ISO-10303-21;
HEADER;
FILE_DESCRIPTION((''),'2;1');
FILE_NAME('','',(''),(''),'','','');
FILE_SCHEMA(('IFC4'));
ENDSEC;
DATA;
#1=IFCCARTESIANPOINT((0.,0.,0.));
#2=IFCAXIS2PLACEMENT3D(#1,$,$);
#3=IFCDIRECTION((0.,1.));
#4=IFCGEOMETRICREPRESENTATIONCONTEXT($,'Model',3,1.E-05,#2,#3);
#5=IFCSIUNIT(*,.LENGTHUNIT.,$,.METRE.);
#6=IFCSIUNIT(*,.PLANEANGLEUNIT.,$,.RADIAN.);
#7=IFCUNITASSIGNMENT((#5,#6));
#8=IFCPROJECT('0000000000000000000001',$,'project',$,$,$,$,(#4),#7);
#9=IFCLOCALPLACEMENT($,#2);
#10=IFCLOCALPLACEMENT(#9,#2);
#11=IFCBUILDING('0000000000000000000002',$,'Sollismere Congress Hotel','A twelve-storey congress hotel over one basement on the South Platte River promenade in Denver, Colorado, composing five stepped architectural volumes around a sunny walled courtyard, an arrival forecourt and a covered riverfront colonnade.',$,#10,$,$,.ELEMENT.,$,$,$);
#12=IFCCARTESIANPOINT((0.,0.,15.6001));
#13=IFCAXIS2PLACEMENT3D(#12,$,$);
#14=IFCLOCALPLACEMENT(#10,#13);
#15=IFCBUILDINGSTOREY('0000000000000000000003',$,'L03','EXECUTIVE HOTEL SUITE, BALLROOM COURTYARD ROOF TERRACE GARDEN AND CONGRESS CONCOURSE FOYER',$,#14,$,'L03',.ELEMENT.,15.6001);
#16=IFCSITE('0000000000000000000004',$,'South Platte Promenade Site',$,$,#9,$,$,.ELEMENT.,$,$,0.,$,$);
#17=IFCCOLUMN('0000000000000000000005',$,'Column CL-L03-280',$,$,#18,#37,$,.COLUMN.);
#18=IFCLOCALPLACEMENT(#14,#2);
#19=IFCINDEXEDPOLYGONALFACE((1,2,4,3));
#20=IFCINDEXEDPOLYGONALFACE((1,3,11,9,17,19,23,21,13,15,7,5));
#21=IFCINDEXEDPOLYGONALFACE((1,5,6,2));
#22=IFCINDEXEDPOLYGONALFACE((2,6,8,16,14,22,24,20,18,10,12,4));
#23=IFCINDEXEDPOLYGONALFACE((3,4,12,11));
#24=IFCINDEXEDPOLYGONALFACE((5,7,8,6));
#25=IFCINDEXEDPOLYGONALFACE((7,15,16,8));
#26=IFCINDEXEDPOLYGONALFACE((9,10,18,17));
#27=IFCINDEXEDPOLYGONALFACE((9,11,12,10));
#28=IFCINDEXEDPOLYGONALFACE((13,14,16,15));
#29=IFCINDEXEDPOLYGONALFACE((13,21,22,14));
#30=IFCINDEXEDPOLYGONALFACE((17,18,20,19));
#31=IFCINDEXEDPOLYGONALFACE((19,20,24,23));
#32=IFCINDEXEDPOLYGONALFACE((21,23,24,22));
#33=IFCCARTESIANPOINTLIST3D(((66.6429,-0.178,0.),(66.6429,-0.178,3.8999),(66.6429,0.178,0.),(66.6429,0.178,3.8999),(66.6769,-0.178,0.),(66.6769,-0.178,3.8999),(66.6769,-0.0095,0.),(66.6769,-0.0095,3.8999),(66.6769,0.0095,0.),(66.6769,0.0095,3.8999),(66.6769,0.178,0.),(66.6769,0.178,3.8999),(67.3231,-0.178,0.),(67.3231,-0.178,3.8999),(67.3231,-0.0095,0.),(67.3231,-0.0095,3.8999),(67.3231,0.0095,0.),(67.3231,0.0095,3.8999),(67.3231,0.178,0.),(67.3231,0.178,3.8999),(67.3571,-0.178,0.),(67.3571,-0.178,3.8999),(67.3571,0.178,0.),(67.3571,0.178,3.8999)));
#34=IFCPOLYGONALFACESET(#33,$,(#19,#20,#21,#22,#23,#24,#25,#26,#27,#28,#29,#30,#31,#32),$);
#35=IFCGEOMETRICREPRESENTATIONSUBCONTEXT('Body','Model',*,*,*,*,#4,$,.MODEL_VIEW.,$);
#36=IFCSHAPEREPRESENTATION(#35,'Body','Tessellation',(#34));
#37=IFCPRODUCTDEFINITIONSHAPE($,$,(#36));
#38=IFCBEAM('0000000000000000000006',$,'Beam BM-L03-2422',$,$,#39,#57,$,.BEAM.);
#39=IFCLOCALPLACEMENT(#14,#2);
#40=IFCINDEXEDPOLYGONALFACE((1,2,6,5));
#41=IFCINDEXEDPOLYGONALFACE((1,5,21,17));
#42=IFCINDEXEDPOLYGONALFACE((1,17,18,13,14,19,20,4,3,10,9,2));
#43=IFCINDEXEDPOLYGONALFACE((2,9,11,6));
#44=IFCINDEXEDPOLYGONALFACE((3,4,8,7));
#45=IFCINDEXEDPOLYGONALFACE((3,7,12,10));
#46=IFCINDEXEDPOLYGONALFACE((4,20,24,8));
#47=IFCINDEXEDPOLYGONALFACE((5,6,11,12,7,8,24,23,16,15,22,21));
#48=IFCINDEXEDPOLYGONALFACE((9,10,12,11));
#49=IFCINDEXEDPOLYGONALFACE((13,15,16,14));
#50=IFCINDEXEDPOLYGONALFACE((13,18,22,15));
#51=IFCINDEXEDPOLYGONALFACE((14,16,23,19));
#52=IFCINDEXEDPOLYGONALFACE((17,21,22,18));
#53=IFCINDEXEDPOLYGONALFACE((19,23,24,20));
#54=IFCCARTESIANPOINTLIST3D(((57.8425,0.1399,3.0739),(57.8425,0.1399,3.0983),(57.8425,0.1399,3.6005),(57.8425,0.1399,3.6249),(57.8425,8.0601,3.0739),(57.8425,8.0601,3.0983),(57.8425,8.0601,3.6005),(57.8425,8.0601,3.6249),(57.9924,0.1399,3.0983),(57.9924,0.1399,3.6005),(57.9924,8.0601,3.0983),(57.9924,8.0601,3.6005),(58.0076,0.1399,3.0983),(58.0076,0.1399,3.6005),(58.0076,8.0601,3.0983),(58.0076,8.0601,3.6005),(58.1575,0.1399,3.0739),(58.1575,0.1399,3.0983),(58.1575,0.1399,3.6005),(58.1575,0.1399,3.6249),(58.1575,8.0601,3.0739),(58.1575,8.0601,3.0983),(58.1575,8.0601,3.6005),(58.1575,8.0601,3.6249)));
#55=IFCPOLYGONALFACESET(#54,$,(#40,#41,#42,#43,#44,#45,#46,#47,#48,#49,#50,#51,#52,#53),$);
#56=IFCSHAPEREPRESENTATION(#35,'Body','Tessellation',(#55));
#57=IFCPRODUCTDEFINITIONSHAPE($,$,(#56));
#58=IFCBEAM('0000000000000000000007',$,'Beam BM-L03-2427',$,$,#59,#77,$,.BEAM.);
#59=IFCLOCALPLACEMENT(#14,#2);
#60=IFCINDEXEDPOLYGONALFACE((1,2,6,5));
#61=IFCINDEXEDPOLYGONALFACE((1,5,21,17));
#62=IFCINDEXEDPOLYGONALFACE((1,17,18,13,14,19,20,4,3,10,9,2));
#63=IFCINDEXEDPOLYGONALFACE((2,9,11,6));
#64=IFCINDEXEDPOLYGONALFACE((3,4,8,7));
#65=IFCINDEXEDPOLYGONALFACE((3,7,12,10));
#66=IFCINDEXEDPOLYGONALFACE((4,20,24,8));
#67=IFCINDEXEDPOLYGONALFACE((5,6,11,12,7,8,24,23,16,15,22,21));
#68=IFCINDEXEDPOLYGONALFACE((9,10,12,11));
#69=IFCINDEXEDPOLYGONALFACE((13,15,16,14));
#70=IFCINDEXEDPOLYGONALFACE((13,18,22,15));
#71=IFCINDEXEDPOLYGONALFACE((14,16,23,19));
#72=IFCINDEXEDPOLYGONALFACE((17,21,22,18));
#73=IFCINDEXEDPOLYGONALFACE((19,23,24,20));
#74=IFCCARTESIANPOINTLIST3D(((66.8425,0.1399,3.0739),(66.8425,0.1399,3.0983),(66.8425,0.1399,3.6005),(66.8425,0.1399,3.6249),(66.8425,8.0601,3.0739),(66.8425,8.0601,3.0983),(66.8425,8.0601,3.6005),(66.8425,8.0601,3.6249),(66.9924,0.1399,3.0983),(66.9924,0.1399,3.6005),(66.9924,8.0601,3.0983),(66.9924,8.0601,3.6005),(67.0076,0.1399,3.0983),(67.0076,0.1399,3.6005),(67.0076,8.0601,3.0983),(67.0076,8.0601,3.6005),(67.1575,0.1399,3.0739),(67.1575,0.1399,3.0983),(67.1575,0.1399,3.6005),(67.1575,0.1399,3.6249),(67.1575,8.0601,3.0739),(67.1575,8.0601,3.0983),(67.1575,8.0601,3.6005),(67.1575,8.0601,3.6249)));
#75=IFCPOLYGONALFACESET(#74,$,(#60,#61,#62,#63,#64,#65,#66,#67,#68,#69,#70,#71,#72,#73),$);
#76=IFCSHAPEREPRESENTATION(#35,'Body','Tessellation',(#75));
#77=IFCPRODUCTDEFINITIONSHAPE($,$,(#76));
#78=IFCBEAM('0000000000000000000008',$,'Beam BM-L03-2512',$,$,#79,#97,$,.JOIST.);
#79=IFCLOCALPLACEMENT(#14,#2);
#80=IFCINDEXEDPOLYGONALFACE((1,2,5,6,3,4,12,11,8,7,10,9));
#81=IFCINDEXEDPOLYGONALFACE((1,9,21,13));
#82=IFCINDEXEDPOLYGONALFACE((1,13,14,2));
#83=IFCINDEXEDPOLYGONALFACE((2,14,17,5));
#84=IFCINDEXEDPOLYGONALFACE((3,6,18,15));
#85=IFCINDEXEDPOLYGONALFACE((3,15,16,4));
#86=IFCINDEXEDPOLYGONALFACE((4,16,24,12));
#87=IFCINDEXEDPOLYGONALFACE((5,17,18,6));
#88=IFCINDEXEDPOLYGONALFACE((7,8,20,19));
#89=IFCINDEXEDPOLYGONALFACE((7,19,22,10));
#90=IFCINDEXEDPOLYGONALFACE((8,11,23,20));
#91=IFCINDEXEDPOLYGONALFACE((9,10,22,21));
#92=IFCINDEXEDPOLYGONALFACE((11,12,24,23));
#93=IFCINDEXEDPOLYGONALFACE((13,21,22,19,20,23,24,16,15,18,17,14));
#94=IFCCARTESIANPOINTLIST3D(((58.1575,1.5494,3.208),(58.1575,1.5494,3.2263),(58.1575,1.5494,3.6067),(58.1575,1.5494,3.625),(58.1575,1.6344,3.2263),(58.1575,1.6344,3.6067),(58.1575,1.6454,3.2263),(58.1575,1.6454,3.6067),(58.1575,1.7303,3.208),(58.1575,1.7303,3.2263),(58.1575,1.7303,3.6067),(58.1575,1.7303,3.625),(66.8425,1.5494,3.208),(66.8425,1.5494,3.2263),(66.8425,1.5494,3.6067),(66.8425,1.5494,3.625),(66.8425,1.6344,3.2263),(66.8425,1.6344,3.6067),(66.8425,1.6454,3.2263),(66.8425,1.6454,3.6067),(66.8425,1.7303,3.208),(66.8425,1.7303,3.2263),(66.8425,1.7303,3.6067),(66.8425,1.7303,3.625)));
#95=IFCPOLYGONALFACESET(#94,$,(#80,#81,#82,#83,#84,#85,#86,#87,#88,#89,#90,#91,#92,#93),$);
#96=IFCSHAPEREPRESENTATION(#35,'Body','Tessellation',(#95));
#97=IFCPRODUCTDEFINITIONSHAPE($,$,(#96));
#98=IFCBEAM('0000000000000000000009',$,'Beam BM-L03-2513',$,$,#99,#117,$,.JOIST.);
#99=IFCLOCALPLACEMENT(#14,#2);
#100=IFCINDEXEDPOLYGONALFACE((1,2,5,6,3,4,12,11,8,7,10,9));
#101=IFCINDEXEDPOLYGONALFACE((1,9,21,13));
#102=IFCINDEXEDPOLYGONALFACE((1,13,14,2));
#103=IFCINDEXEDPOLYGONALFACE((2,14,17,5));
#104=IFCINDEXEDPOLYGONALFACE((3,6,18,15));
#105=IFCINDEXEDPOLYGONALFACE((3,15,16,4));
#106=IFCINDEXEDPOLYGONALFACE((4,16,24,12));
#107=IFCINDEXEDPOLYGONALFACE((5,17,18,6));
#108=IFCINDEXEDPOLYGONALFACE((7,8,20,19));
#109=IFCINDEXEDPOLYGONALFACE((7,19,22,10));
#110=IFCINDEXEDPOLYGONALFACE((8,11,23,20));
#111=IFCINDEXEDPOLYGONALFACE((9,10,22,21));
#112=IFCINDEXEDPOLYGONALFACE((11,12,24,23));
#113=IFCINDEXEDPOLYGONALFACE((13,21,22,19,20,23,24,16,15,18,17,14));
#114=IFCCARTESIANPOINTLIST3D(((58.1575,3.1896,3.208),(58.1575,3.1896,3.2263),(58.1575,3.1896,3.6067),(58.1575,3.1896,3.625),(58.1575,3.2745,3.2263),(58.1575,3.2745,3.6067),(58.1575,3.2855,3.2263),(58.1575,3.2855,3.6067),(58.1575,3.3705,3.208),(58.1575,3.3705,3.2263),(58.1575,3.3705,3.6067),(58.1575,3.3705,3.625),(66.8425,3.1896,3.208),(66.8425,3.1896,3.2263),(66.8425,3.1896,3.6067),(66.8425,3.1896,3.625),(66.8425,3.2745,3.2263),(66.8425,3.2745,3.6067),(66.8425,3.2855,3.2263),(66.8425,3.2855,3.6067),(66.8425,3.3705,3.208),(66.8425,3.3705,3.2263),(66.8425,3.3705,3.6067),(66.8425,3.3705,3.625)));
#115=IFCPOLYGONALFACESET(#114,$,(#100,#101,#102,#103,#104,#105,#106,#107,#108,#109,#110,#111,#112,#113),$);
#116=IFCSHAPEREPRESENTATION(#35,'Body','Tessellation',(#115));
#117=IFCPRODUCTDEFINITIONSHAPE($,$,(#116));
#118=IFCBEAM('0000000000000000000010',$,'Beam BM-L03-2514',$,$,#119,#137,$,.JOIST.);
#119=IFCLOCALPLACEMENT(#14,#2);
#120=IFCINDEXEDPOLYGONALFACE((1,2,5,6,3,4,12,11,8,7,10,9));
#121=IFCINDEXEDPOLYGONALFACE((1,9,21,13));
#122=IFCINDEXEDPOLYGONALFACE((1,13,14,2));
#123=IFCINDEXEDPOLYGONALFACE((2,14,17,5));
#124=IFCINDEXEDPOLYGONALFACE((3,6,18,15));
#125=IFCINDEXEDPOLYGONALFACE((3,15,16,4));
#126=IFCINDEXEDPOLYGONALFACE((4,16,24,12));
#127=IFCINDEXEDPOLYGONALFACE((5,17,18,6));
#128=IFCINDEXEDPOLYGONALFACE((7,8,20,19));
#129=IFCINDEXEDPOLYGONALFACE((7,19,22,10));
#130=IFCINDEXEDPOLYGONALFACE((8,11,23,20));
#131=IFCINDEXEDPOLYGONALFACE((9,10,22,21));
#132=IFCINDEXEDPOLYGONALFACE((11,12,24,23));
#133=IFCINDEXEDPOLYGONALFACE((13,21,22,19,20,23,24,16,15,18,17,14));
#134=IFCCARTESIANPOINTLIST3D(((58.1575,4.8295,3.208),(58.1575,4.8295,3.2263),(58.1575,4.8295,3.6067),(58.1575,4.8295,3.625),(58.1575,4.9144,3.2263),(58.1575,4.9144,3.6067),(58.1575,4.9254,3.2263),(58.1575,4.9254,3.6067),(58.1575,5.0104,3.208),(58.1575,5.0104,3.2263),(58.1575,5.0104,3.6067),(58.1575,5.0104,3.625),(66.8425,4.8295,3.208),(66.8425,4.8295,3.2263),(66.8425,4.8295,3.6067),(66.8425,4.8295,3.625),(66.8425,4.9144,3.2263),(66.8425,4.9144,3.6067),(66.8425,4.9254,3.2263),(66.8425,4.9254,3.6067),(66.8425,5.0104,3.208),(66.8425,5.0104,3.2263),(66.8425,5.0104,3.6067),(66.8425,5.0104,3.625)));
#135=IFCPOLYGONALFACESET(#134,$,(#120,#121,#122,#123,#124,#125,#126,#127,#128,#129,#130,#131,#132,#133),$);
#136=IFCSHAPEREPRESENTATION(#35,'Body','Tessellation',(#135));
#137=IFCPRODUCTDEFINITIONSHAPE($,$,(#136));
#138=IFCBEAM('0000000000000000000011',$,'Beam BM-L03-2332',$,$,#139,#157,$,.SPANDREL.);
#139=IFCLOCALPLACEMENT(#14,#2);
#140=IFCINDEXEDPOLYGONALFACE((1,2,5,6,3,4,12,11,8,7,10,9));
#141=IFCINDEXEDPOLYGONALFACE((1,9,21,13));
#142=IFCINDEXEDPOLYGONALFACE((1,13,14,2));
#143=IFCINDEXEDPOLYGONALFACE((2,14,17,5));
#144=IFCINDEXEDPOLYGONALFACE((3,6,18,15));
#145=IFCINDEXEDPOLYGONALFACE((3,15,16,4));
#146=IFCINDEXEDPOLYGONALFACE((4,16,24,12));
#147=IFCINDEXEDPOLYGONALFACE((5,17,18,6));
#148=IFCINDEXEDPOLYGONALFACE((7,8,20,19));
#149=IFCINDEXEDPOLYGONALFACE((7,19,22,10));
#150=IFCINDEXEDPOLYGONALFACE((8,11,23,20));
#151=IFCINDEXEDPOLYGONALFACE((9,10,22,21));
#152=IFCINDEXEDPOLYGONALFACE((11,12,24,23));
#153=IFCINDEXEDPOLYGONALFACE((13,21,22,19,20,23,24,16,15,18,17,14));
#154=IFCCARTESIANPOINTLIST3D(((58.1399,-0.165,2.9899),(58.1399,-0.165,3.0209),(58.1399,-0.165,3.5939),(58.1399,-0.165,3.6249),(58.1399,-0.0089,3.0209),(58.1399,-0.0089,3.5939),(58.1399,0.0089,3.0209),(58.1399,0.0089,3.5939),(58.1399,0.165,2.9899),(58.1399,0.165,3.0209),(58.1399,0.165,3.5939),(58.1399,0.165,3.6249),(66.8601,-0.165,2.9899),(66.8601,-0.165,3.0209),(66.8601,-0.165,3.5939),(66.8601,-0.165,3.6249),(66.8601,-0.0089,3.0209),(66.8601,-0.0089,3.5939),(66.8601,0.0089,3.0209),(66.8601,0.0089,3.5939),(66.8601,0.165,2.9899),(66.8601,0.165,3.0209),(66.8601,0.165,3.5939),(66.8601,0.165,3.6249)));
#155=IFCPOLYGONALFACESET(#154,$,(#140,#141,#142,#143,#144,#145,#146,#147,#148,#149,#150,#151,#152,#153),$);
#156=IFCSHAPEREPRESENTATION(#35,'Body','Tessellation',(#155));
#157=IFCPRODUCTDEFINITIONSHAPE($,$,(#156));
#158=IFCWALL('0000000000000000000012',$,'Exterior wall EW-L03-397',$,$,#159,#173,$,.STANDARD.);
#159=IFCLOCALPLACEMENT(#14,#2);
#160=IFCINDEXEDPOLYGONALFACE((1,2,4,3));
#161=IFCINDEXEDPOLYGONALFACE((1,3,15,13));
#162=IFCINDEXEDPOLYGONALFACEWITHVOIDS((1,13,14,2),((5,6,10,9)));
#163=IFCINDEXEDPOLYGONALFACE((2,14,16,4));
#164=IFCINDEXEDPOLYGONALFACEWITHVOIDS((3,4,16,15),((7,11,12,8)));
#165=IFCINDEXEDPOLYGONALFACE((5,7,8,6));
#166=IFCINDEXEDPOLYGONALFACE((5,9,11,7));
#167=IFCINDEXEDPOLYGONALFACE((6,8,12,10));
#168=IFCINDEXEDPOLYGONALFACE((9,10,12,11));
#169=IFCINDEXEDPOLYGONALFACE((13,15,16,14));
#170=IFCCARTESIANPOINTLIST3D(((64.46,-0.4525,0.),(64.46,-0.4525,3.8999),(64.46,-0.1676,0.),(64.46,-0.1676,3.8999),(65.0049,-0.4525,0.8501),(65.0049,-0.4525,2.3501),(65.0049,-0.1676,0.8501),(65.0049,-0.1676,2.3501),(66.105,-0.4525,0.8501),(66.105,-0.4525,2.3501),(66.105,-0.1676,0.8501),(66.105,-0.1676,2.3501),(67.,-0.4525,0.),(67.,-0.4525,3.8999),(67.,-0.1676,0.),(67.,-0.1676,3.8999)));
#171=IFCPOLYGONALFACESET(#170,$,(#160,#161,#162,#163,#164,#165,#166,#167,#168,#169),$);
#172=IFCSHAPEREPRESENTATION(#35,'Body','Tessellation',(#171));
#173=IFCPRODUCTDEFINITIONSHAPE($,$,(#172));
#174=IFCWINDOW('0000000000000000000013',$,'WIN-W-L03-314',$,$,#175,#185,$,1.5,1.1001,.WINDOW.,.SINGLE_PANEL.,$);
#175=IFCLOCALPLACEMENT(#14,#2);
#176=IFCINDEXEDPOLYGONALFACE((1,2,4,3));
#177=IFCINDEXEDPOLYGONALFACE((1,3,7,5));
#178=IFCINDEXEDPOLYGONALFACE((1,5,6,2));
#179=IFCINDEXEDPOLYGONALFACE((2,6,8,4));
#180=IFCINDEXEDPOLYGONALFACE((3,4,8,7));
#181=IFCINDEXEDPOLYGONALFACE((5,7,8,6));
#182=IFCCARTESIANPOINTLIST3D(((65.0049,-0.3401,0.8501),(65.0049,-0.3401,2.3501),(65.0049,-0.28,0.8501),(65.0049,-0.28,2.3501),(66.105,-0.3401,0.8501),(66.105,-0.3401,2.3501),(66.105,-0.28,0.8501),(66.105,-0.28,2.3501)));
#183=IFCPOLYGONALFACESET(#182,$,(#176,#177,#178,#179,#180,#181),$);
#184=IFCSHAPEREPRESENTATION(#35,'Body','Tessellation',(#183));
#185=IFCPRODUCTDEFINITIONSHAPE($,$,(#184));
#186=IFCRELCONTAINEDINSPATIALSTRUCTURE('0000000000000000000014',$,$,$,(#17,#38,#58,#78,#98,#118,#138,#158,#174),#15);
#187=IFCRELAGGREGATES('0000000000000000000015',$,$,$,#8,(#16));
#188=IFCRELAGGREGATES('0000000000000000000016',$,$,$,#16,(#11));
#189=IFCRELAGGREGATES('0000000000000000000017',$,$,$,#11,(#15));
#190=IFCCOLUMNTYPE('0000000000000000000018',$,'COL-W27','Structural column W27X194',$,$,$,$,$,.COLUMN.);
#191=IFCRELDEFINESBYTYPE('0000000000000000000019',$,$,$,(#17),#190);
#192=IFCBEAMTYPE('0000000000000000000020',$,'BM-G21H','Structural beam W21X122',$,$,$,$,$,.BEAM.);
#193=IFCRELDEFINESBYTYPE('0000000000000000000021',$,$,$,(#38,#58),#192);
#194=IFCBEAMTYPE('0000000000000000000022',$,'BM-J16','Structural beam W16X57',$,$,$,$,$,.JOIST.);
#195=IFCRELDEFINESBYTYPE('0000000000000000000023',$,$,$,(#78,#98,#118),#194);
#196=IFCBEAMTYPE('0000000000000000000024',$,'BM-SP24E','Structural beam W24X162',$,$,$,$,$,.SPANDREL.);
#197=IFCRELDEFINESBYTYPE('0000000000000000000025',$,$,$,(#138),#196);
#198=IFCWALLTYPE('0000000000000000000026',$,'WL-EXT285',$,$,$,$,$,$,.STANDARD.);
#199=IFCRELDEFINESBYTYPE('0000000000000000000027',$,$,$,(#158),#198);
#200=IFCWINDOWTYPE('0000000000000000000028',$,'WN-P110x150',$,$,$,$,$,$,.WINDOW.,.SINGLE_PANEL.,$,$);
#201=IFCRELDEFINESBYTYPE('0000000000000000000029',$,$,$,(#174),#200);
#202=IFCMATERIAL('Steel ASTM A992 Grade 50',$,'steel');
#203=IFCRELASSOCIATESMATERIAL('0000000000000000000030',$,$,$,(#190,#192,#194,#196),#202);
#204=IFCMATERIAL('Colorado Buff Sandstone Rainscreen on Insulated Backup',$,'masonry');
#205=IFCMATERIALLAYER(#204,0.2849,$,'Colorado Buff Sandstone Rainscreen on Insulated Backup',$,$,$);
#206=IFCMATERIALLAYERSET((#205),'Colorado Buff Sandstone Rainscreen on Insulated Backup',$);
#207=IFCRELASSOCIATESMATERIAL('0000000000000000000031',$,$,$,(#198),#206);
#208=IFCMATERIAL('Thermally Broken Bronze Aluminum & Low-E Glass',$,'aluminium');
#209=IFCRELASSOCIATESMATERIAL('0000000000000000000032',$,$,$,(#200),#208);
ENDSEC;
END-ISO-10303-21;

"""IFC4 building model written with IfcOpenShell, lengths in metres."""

from ifc_helpers import new_model, si_unit, direction, frame, frame_2d, origin, origin_2d, place, context, subcontext, project, spatial, rectangle, i_section, extrude, material, layer, layer_set, material_profile, profile_set, type_object, element, fill, save


model = new_model("IFC4")

# Units and contexts
model_context = context("Model", 3, precision=1e-05, world=origin(), true_north=direction((0.0, 1.0)))
body_context = subcontext(model_context, "Body", "Model", "MODEL_VIEW")
ifc_project = project(units=[si_unit("LENGTHUNIT", "METRE"), si_unit("PLANEANGLEUNIT", "RADIAN")], contexts=[model_context])

# Site, building, storey
site_placement = place(None, origin())
site = spatial("IfcSite", under=ifc_project, at=site_placement, Name="South Platte Promenade Site", CompositionType="ELEMENT", RefElevation=0.0)
building_placement = place(site_placement, origin())
building = spatial("IfcBuilding", under=site, at=building_placement, Name="Sollismere Congress Hotel", Description="A twelve-storey congress hotel over one basement on the South Platte River promenade in Denver, Colorado, composing five stepped architectural volumes around a sunny walled courtyard, an arrival forecourt and a covered riverfront colonnade.", CompositionType="ELEMENT")
storey_placement = place(building_placement, frame((0.0, 0.0, 15.6001)))
storey = spatial("IfcBuildingStorey", under=building, at=storey_placement, Name="L03", Description="EXECUTIVE HOTEL SUITE, BALLROOM COURTYARD ROOF TERRACE GARDEN AND CONGRESS CONCOURSE FOYER", LongName="L03", CompositionType="ELEMENT", Elevation=15.6001)

# Column
ifc_material_1 = material(Name="Steel ASTM A992 Grade 50", Category="steel")
ifc_material_profile_1 = material_profile(ifc_material_1, i_section(OverallWidth=0.356, OverallDepth=0.7141, WebThickness=0.019, FlangeThickness=0.0339, at=origin_2d()), Name="W27X194")
ifc_profile_set_1 = profile_set([ifc_material_profile_1], Name="Steel ASTM A992 Grade 50")
column_type = type_object("IfcColumnType", Name="COL-W27", Description="Structural column W27X194", PredefinedType="COLUMN", material=ifc_profile_set_1)
column_placement = place(storey_placement, frame((67.0, 0.0, 0.0), z_axis=(0.0, 0.0, 1.0), x_axis=(0.0, 1.0, 0.0)))
element("IfcColumn", 1, at=column_placement, inside=storey, type_object=column_type, Name="Column CL-L03-280", PredefinedType="COLUMN", context=body_context, shape_type="SweptSolid", body=[
    extrude(i_section(OverallWidth=0.356, OverallDepth=0.7141, WebThickness=0.019, FlangeThickness=0.0339, at=origin_2d()), origin(), (0.0, 0.0, 1.0), 3.8999),
])

# Beams
ifc_material_profile_2 = material_profile(ifc_material_1, i_section(OverallWidth=0.3149, OverallDepth=0.551, WebThickness=0.0151, FlangeThickness=0.0244, at=origin_2d()), Name="W21X122")
ifc_profile_set_2 = profile_set([ifc_material_profile_2], Name="Steel ASTM A992 Grade 50")
beam_type_1 = type_object("IfcBeamType", Name="BM-G21H", Description="Structural beam W21X122", PredefinedType="BEAM", material=ifc_profile_set_2)
for number, where, z_axis, x_axis, name in (
    (2, (58.0, 0.1399, 3.3494), (0.0, 1.0, 0.0), (-1.0, 0.0, 0.0), "Beam BM-L03-2422"),
    (3, (67.0, 0.1399, 3.3494), (0.0, 1.0, 0.0), (-1.0, 0.0, 0.0), "Beam BM-L03-2427"),
):
    element("IfcBeam", number, at=place(storey_placement, frame(where, z_axis=z_axis, x_axis=x_axis)), inside=storey, type_object=beam_type_1, Name=name, PredefinedType="BEAM", context=body_context, shape_type="SweptSolid", body=[
        extrude(i_section(OverallWidth=0.3149, OverallDepth=0.551, WebThickness=0.0151, FlangeThickness=0.0244, at=origin_2d()), origin(), (0.0, 0.0, 1.0), 7.9202),
    ])
ifc_material_profile_3 = material_profile(ifc_material_1, i_section(OverallWidth=0.1809, OverallDepth=0.417, WebThickness=0.011, FlangeThickness=0.0183, at=origin_2d()), Name="W16X57")
ifc_profile_set_3 = profile_set([ifc_material_profile_3], Name="Steel ASTM A992 Grade 50")
beam_type_2 = type_object("IfcBeamType", Name="BM-J16", Description="Structural beam W16X57", PredefinedType="JOIST", material=ifc_profile_set_3)
for number, where, z_axis, x_axis, name in (
    (4, (58.1575, 1.6399, 3.4165), (1.0, 0.0, 0.0), (0.0, 1.0, 0.0), "Beam BM-L03-2512"),
    (5, (58.1575, 3.28, 3.4165), (1.0, 0.0, 0.0), (0.0, 1.0, 0.0), "Beam BM-L03-2513"),
    (6, (58.1575, 4.9199, 3.4165), (1.0, 0.0, 0.0), (0.0, 1.0, 0.0), "Beam BM-L03-2514"),
):
    element("IfcBeam", number, at=place(storey_placement, frame(where, z_axis=z_axis, x_axis=x_axis)), inside=storey, type_object=beam_type_2, Name=name, PredefinedType="JOIST", context=body_context, shape_type="SweptSolid", body=[
        extrude(i_section(OverallWidth=0.1809, OverallDepth=0.417, WebThickness=0.011, FlangeThickness=0.0183, at=origin_2d()), origin(), (0.0, 0.0, 1.0), 8.6851),
    ])
ifc_material_profile_4 = material_profile(ifc_material_1, i_section(OverallWidth=0.3301, OverallDepth=0.635, WebThickness=0.0178, FlangeThickness=0.031, at=origin_2d()), Name="W24X162")
ifc_profile_set_4 = profile_set([ifc_material_profile_4], Name="Steel ASTM A992 Grade 50")
beam_type_3 = type_object("IfcBeamType", Name="BM-SP24E", Description="Structural beam W24X162", PredefinedType="SPANDREL", material=ifc_profile_set_4)
beam_placement = place(storey_placement, frame((58.1399, 0.0, 3.3074), z_axis=(1.0, 0.0, 0.0), x_axis=(0.0, 1.0, 0.0)))
element("IfcBeam", 7, at=beam_placement, inside=storey, type_object=beam_type_3, Name="Beam BM-L03-2332", PredefinedType="SPANDREL", context=body_context, shape_type="SweptSolid", body=[
    extrude(i_section(OverallWidth=0.3301, OverallDepth=0.635, WebThickness=0.0178, FlangeThickness=0.031, at=origin_2d()), origin(), (0.0, 0.0, 1.0), 8.7202),
])

# Wall, opening, window
ifc_material_2 = material(Name="Colorado Buff Sandstone Rainscreen on Insulated Backup", Category="masonry")
ifc_layer_1 = layer(ifc_material_2, 0.2849, Name="Colorado Buff Sandstone Rainscreen on Insulated Backup")
ifc_layer_set_1 = layer_set([ifc_layer_1], Name="Colorado Buff Sandstone Rainscreen on Insulated Backup")
wall_type_1 = type_object("IfcWallType", Name="WL-EXT285", PredefinedType="STANDARD", material=ifc_layer_set_1)
wall_1_placement = place(storey_placement, frame((64.46, -0.3101, 0.0), z_axis=(0.0, 0.0, 1.0), x_axis=(1.0, 0.0, 0.0)))
wall_1 = element("IfcWall", 8, at=wall_1_placement, inside=storey, type_object=wall_type_1, Name="Exterior wall EW-L03-397", PredefinedType="STANDARD", context=body_context, shape_type="SweptSolid", body=[
    extrude(rectangle(XDim=2.54, YDim=0.2849, at=frame_2d((1.27, 0.0))), origin(), (0.0, 0.0, 1.0), 3.8999),
])
opening_1_placement = place(wall_1_placement, frame((0.5449, 0.0, 0.8501)))
opening_1 = element("IfcOpeningElement", 9, at=opening_1_placement, cuts=wall_1, PredefinedType="OPENING", context=body_context, shape_type="SweptSolid", body=[
    extrude(rectangle(XDim=1.1001, YDim=1.5, at=frame_2d((0.55, 0.75))), frame((0.0, 0.1523, 0.0), z_axis=(0.0, -1.0, 0.0), x_axis=(1.0, 0.0, 0.0)), (0.0, 0.0, 1.0), 0.3049),
])
ifc_material_3 = material(Name="Thermally Broken Bronze Aluminum & Low-E Glass", Category="aluminium")
window_type_1 = type_object("IfcWindowType", Name="WN-P110x150", PartitioningType="SINGLE_PANEL", PredefinedType="WINDOW", material=ifc_material_3)
window_1_placement = place(opening_1_placement, origin())
window_1 = element("IfcWindow", 10, at=window_1_placement, inside=storey, type_object=window_type_1, Name="WIN-W-L03-314", OverallHeight=1.5, OverallWidth=1.1001, PartitioningType="SINGLE_PANEL", PredefinedType="WINDOW", context=body_context, shape_type="SweptSolid", body=[
    extrude(rectangle(XDim=1.1001, YDim=1.5, at=frame_2d((0.55, 0.75))), frame((0.0, 0.03, 0.0), z_axis=(0.0, -1.0, 0.0), x_axis=(1.0, 0.0, 0.0)), (0.0, 0.0, 1.0), 0.0601),
])
fill(opening_1, window_1)

save(model, "model.ifc")
